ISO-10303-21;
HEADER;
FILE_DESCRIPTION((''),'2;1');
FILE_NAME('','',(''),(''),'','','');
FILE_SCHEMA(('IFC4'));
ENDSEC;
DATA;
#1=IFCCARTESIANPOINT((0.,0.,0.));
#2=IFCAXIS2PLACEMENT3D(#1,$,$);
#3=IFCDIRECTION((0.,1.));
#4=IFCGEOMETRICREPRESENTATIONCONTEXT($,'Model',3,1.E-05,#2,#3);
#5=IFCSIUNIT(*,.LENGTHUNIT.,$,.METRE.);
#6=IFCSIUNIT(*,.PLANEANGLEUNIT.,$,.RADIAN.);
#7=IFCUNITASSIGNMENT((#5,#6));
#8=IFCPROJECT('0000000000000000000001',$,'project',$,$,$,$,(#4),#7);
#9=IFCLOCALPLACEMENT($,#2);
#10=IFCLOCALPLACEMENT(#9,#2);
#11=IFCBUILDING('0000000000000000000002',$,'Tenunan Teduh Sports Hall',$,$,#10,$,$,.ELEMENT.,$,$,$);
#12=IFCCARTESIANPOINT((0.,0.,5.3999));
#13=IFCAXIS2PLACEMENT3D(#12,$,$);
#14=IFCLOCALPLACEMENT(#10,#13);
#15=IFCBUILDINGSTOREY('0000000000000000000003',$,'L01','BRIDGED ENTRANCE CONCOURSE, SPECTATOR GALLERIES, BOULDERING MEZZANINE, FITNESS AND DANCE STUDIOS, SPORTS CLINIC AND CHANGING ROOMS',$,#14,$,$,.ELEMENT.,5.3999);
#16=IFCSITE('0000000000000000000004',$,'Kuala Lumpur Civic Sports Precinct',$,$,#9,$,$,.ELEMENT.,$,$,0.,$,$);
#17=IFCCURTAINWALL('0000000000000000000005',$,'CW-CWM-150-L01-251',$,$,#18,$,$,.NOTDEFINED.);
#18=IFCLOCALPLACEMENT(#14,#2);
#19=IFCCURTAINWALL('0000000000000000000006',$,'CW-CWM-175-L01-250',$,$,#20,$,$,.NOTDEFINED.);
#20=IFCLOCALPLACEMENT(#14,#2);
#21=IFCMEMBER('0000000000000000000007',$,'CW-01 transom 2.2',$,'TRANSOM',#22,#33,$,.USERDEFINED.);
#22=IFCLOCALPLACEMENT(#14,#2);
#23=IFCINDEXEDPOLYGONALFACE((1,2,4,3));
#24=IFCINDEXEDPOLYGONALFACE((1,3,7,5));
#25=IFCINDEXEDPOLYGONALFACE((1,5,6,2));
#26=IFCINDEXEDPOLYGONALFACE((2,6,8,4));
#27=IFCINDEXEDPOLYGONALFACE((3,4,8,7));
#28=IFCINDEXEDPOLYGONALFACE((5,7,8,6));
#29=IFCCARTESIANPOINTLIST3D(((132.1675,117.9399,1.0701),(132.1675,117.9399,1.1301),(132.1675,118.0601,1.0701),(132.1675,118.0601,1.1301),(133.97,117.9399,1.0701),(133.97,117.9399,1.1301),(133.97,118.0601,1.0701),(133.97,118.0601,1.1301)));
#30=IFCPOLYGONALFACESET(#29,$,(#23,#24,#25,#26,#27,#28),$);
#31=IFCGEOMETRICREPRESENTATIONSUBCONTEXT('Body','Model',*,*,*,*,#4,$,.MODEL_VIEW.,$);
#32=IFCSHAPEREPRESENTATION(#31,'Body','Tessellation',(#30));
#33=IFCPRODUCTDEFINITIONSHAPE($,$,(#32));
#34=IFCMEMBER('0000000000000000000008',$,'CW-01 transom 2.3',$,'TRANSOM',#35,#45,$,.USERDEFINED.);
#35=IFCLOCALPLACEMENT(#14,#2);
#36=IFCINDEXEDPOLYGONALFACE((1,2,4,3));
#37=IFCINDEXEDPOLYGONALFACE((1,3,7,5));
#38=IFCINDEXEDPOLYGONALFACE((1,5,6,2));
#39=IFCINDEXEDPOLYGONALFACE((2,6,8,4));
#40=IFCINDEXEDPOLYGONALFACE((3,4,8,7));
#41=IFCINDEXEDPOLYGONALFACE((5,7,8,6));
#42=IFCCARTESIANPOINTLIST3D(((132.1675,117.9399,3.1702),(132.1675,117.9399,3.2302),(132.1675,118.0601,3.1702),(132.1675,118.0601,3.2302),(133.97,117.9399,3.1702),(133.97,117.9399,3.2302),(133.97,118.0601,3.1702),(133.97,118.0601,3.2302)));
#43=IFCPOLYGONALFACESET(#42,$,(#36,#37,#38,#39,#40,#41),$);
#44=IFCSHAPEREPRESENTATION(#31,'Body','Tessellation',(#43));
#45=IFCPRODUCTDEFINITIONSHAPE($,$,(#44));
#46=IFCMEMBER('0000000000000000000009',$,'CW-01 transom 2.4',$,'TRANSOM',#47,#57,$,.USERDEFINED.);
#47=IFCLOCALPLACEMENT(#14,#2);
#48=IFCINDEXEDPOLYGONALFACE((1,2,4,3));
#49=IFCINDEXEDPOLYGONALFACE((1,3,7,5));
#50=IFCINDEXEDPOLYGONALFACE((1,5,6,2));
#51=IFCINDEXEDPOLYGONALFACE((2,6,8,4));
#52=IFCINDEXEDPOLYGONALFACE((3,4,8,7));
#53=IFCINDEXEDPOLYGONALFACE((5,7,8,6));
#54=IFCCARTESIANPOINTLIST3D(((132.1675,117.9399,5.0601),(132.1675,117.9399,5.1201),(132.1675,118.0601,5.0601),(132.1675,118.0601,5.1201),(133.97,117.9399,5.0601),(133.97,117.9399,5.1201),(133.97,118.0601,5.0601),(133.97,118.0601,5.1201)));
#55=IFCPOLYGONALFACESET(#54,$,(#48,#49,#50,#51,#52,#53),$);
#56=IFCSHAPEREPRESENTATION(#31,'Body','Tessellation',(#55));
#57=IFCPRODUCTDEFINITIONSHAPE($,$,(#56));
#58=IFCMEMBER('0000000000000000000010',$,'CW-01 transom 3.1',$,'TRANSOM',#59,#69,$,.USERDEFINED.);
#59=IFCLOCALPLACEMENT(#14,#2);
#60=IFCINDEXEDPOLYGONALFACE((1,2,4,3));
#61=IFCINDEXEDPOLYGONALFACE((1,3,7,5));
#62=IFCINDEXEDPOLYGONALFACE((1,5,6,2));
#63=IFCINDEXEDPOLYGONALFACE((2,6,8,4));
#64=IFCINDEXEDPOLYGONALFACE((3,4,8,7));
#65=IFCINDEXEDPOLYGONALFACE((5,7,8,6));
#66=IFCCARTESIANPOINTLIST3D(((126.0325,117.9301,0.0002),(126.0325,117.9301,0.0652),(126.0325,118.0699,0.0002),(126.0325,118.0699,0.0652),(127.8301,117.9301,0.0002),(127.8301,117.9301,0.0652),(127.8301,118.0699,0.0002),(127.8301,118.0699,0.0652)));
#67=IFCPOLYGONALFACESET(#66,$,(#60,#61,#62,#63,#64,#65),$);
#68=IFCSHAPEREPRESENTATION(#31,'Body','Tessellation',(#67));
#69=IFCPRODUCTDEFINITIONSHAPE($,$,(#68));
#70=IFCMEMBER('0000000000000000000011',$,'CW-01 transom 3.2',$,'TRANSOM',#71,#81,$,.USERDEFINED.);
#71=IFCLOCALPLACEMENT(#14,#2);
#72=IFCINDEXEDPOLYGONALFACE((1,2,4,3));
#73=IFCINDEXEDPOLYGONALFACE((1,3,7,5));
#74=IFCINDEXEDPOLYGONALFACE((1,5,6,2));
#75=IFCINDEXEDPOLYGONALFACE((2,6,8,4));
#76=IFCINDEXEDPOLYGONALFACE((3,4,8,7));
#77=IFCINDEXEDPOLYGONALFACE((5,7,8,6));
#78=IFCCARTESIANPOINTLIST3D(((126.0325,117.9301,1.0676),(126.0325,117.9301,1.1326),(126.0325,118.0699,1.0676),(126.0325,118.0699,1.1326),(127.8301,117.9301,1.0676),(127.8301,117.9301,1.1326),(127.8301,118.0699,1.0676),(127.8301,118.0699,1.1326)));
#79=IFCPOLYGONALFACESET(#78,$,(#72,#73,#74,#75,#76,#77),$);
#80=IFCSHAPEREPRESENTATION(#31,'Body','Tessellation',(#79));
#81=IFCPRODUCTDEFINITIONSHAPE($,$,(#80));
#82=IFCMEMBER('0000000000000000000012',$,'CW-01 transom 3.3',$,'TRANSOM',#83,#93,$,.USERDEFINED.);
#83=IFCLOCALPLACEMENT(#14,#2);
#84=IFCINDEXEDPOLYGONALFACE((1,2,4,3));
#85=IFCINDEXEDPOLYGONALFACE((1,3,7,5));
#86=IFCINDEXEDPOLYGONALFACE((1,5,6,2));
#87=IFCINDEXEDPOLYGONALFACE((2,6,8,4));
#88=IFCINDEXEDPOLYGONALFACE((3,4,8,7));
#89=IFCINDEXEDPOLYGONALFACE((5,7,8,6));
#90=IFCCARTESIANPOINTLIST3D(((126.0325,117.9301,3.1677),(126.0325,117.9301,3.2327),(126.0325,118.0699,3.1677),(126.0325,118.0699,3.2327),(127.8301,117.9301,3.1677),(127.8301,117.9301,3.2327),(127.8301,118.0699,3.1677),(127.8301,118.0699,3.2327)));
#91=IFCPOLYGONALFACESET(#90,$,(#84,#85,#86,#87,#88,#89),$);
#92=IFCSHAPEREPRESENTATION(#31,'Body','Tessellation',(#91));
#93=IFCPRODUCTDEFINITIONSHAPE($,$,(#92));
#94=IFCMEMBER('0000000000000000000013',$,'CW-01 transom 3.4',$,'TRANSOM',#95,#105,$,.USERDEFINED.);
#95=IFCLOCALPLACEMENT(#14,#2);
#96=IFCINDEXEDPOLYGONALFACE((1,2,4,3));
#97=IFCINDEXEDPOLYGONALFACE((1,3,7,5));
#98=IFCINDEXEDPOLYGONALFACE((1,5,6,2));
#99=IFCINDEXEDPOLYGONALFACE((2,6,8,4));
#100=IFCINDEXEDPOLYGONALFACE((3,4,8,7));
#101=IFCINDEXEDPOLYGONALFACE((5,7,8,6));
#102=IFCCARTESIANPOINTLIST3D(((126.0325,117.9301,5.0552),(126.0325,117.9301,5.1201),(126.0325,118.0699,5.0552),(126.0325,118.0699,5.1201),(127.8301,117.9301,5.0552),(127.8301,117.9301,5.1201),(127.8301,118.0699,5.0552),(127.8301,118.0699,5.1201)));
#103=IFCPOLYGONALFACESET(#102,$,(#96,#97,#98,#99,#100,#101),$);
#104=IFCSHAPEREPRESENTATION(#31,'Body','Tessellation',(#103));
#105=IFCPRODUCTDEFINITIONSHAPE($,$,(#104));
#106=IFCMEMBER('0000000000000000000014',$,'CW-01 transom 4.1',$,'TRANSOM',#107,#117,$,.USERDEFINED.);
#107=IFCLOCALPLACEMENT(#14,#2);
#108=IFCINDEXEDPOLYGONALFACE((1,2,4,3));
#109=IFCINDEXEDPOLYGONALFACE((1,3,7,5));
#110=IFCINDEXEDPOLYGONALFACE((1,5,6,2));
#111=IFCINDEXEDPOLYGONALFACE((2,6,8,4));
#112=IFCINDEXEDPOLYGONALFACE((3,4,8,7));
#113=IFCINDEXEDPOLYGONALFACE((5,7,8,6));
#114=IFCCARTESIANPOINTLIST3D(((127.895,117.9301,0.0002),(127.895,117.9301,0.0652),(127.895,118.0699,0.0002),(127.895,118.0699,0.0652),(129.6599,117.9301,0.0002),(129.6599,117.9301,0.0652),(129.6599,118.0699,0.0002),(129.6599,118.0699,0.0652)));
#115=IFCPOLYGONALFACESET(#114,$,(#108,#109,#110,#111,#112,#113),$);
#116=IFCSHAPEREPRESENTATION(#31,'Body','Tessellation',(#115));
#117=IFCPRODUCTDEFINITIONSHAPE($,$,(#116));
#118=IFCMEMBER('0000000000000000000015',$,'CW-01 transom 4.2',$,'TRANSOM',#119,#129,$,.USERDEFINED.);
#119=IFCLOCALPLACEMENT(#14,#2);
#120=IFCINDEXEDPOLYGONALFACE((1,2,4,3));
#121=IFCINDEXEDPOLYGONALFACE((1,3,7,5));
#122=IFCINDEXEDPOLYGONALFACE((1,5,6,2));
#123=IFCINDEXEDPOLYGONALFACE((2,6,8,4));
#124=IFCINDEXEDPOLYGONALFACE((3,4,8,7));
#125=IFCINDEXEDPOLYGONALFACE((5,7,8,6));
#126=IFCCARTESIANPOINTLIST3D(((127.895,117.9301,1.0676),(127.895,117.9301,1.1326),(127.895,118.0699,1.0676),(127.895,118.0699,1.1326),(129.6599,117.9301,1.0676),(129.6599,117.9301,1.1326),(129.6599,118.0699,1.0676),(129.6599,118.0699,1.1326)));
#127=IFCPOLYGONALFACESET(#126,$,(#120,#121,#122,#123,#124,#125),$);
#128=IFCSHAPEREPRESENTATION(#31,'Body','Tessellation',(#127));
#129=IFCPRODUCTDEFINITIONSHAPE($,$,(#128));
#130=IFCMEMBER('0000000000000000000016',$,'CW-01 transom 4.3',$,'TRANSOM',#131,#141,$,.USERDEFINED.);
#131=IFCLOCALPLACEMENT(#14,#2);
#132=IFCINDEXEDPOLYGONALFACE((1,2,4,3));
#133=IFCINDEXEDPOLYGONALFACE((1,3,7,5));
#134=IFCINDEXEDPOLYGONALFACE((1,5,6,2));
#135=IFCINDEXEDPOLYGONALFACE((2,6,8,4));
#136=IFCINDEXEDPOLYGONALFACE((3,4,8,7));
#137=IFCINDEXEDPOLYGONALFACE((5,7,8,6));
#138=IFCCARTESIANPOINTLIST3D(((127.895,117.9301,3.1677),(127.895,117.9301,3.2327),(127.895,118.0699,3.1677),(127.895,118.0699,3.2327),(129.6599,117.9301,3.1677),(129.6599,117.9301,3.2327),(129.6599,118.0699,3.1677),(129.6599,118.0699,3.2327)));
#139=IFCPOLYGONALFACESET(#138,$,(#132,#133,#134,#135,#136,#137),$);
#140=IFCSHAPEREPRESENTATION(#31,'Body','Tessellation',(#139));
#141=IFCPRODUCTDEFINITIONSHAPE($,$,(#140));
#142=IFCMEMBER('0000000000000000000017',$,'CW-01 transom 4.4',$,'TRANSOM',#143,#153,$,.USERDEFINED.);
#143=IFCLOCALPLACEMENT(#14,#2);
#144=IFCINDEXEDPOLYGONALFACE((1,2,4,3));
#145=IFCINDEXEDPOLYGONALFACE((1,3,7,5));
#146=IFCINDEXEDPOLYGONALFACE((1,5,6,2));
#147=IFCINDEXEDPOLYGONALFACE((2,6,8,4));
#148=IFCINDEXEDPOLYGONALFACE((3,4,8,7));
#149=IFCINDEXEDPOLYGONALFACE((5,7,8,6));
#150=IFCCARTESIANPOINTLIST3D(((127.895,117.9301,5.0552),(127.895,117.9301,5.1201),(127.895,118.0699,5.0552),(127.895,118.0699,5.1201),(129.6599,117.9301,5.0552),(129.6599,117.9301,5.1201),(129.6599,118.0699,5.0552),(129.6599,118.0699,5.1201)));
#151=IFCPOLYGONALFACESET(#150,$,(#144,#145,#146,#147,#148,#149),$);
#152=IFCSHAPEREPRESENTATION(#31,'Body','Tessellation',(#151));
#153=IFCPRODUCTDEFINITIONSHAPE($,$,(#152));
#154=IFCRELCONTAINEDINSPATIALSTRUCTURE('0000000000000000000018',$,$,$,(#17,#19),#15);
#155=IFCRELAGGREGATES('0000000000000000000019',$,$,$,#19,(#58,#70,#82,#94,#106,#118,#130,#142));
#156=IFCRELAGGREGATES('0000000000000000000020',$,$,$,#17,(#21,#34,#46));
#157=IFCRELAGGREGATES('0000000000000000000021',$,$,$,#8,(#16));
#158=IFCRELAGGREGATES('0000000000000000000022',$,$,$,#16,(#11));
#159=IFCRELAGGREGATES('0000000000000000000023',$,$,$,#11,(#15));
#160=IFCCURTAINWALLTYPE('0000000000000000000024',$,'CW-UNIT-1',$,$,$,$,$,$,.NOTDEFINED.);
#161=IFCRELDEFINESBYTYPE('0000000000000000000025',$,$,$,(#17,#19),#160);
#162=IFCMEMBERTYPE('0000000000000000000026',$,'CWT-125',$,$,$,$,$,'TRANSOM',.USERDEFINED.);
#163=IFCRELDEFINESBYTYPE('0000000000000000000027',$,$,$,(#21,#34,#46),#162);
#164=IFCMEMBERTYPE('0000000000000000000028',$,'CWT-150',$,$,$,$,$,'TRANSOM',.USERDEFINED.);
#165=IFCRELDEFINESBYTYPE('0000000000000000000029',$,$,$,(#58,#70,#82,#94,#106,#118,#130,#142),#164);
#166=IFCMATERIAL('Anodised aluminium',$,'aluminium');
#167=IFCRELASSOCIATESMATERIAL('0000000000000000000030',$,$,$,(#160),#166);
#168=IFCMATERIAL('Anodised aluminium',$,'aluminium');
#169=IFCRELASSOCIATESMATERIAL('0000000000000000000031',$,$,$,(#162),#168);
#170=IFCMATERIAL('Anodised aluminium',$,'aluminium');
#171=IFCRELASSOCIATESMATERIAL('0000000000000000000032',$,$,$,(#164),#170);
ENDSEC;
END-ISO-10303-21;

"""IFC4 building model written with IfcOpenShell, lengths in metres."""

from ifc_helpers import new_model, si_unit, direction, frame, origin, origin_2d, place, context, subcontext, project, spatial, rectangle, extrude, material, material_profile, profile_set, type_object, element, aggregate, save


model = new_model("IFC4")

# Units and contexts
model_context = context("Model", 3, precision=1e-05, world=origin(), true_north=direction((0.0, 1.0)))
body_context = subcontext(model_context, "Body", "Model", "MODEL_VIEW")
ifc_project = project(units=[si_unit("LENGTHUNIT", "METRE"), si_unit("PLANEANGLEUNIT", "RADIAN")], contexts=[model_context])

# Site, building, storey
site_placement = place(None, origin())
site = spatial("IfcSite", under=ifc_project, at=site_placement, Name="Kuala Lumpur Civic Sports Precinct", CompositionType="ELEMENT", RefElevation=0.0)
building_placement = place(site_placement, origin())
building = spatial("IfcBuilding", under=site, at=building_placement, Name="Tenunan Teduh Sports Hall", CompositionType="ELEMENT")
storey_placement = place(building_placement, frame((0.0, 0.0, 5.3999)))
storey = spatial("IfcBuildingStorey", under=building, at=storey_placement, Name="L01", Description="BRIDGED ENTRANCE CONCOURSE, SPECTATOR GALLERIES, BOULDERING MEZZANINE, FITNESS AND DANCE STUDIOS, SPORTS CLINIC AND CHANGING ROOMS", CompositionType="ELEMENT", Elevation=5.3999)

# Curtain walls
ifc_material_1 = material(Name="Anodised aluminium", Category="aluminium")
curtain_wall_type = type_object("IfcCurtainWallType", Name="CW-UNIT-1", PredefinedType="NOTDEFINED", material=ifc_material_1)
curtain_wall_1_placement = place(storey_placement, origin())
curtain_wall_1 = element("IfcCurtainWall", 1, at=curtain_wall_1_placement, inside=storey, type_object=curtain_wall_type, Name="CW-CWM-150-L01-251", PredefinedType="NOTDEFINED")
curtain_wall_2_placement = place(storey_placement, origin())
curtain_wall_2 = element("IfcCurtainWall", 2, at=curtain_wall_2_placement, inside=storey, type_object=curtain_wall_type, Name="CW-CWM-175-L01-250", PredefinedType="NOTDEFINED")

# Members
ifc_material_2 = material(Name="Anodised aluminium", Category="aluminium")
ifc_material_profile_1 = material_profile(ifc_material_2, rectangle(XDim=0.0601, YDim=0.1201, at=origin_2d()), Name="CWT 60x120")
ifc_profile_set_1 = profile_set([ifc_material_profile_1], Name="Anodised aluminium")
member_type_1 = type_object("IfcMemberType", Name="CWT-125", ElementType="TRANSOM", PredefinedType="USERDEFINED", material=ifc_profile_set_1)
member_1_placement = place(storey_placement, frame((132.1675, 118.0, 1.1001), z_axis=(1.0, 0.0, 0.0), x_axis=(0.0, 0.0, 1.0)))
member_1 = element("IfcMember", 3, at=member_1_placement, type_object=member_type_1, Name="CW-01 transom 2.2", ObjectType="TRANSOM", PredefinedType="USERDEFINED", context=body_context, shape_type="SweptSolid", body=[
    extrude(rectangle(XDim=0.0601, YDim=0.1201, at=origin_2d()), origin(), (0.0, 0.0, 1.0), 1.8025),
])
member_2_placement = place(storey_placement, frame((132.1675, 118.0, 3.2002), z_axis=(1.0, 0.0, 0.0), x_axis=(0.0, 0.0, 1.0)))
member_2 = element("IfcMember", 4, at=member_2_placement, type_object=member_type_1, Name="CW-01 transom 2.3", ObjectType="TRANSOM", PredefinedType="USERDEFINED", context=body_context, shape_type="SweptSolid", body=[
    extrude(rectangle(XDim=0.0601, YDim=0.1201, at=origin_2d()), origin(), (0.0, 0.0, 1.0), 1.8025),
])
member_3_placement = place(storey_placement, frame((132.1675, 118.0, 5.0901), z_axis=(1.0, 0.0, 0.0), x_axis=(0.0, 0.0, 1.0)))
member_3 = element("IfcMember", 5, at=member_3_placement, type_object=member_type_1, Name="CW-01 transom 2.4", ObjectType="TRANSOM", PredefinedType="USERDEFINED", context=body_context, shape_type="SweptSolid", body=[
    extrude(rectangle(XDim=0.0601, YDim=0.1201, at=origin_2d()), origin(), (0.0, 0.0, 1.0), 1.8025),
])
ifc_material_3 = material(Name="Anodised aluminium", Category="aluminium")
ifc_material_profile_2 = material_profile(ifc_material_3, rectangle(XDim=0.0649, YDim=0.1399, at=origin_2d()), Name="CWT 65x140")
ifc_profile_set_2 = profile_set([ifc_material_profile_2], Name="Anodised aluminium")
member_type_2 = type_object("IfcMemberType", Name="CWT-150", ElementType="TRANSOM", PredefinedType="USERDEFINED", material=ifc_profile_set_2)
member_4_placement = place(storey_placement, frame((126.0325, 118.0, 0.0327), z_axis=(1.0, 0.0, 0.0), x_axis=(0.0, 0.0, 1.0)))
member_4 = element("IfcMember", 6, at=member_4_placement, type_object=member_type_2, Name="CW-01 transom 3.1", ObjectType="TRANSOM", PredefinedType="USERDEFINED", context=body_context, shape_type="SweptSolid", body=[
    extrude(rectangle(XDim=0.0649, YDim=0.1399, at=origin_2d()), origin(), (0.0, 0.0, 1.0), 1.7976),
])
member_5_placement = place(storey_placement, frame((126.0325, 118.0, 1.1001), z_axis=(1.0, 0.0, 0.0), x_axis=(0.0, 0.0, 1.0)))
member_5 = element("IfcMember", 7, at=member_5_placement, type_object=member_type_2, Name="CW-01 transom 3.2", ObjectType="TRANSOM", PredefinedType="USERDEFINED", context=body_context, shape_type="SweptSolid", body=[
    extrude(rectangle(XDim=0.0649, YDim=0.1399, at=origin_2d()), origin(), (0.0, 0.0, 1.0), 1.7976),
])
member_6_placement = place(storey_placement, frame((126.0325, 118.0, 3.2002), z_axis=(1.0, 0.0, 0.0), x_axis=(0.0, 0.0, 1.0)))
member_6 = element("IfcMember", 8, at=member_6_placement, type_object=member_type_2, Name="CW-01 transom 3.3", ObjectType="TRANSOM", PredefinedType="USERDEFINED", context=body_context, shape_type="SweptSolid", body=[
    extrude(rectangle(XDim=0.0649, YDim=0.1399, at=origin_2d()), origin(), (0.0, 0.0, 1.0), 1.7976),
])
member_7_placement = place(storey_placement, frame((126.0325, 118.0, 5.0876), z_axis=(1.0, 0.0, 0.0), x_axis=(0.0, 0.0, 1.0)))
member_7 = element("IfcMember", 9, at=member_7_placement, type_object=member_type_2, Name="CW-01 transom 3.4", ObjectType="TRANSOM", PredefinedType="USERDEFINED", context=body_context, shape_type="SweptSolid", body=[
    extrude(rectangle(XDim=0.0649, YDim=0.1399, at=origin_2d()), origin(), (0.0, 0.0, 1.0), 1.7976),
])
member_8_placement = place(storey_placement, frame((127.895, 118.0, 0.0327), z_axis=(1.0, 0.0, 0.0), x_axis=(0.0, 0.0, 1.0)))
member_8 = element("IfcMember", 10, at=member_8_placement, type_object=member_type_2, Name="CW-01 transom 4.1", ObjectType="TRANSOM", PredefinedType="USERDEFINED", context=body_context, shape_type="SweptSolid", body=[
    extrude(rectangle(XDim=0.0649, YDim=0.1399, at=origin_2d()), origin(), (0.0, 0.0, 1.0), 1.7649),
])
member_9_placement = place(storey_placement, frame((127.895, 118.0, 1.1001), z_axis=(1.0, 0.0, 0.0), x_axis=(0.0, 0.0, 1.0)))
member_9 = element("IfcMember", 11, at=member_9_placement, type_object=member_type_2, Name="CW-01 transom 4.2", ObjectType="TRANSOM", PredefinedType="USERDEFINED", context=body_context, shape_type="SweptSolid", body=[
    extrude(rectangle(XDim=0.0649, YDim=0.1399, at=origin_2d()), origin(), (0.0, 0.0, 1.0), 1.7649),
])
member_10_placement = place(storey_placement, frame((127.895, 118.0, 3.2002), z_axis=(1.0, 0.0, 0.0), x_axis=(0.0, 0.0, 1.0)))
member_10 = element("IfcMember", 12, at=member_10_placement, type_object=member_type_2, Name="CW-01 transom 4.3", ObjectType="TRANSOM", PredefinedType="USERDEFINED", context=body_context, shape_type="SweptSolid", body=[
    extrude(rectangle(XDim=0.0649, YDim=0.1399, at=origin_2d()), origin(), (0.0, 0.0, 1.0), 1.7649),
])
member_11_placement = place(storey_placement, frame((127.895, 118.0, 5.0876), z_axis=(1.0, 0.0, 0.0), x_axis=(0.0, 0.0, 1.0)))
member_11 = element("IfcMember", 13, at=member_11_placement, type_object=member_type_2, Name="CW-01 transom 4.4", ObjectType="TRANSOM", PredefinedType="USERDEFINED", context=body_context, shape_type="SweptSolid", body=[
    extrude(rectangle(XDim=0.0649, YDim=0.1399, at=origin_2d()), origin(), (0.0, 0.0, 1.0), 1.7649),
])

aggregate(curtain_wall_2, [member_4, member_5, member_6, member_7, member_8, member_9, member_10, member_11])
aggregate(curtain_wall_1, [member_1, member_2, member_3])

save(model, "model.ifc")
